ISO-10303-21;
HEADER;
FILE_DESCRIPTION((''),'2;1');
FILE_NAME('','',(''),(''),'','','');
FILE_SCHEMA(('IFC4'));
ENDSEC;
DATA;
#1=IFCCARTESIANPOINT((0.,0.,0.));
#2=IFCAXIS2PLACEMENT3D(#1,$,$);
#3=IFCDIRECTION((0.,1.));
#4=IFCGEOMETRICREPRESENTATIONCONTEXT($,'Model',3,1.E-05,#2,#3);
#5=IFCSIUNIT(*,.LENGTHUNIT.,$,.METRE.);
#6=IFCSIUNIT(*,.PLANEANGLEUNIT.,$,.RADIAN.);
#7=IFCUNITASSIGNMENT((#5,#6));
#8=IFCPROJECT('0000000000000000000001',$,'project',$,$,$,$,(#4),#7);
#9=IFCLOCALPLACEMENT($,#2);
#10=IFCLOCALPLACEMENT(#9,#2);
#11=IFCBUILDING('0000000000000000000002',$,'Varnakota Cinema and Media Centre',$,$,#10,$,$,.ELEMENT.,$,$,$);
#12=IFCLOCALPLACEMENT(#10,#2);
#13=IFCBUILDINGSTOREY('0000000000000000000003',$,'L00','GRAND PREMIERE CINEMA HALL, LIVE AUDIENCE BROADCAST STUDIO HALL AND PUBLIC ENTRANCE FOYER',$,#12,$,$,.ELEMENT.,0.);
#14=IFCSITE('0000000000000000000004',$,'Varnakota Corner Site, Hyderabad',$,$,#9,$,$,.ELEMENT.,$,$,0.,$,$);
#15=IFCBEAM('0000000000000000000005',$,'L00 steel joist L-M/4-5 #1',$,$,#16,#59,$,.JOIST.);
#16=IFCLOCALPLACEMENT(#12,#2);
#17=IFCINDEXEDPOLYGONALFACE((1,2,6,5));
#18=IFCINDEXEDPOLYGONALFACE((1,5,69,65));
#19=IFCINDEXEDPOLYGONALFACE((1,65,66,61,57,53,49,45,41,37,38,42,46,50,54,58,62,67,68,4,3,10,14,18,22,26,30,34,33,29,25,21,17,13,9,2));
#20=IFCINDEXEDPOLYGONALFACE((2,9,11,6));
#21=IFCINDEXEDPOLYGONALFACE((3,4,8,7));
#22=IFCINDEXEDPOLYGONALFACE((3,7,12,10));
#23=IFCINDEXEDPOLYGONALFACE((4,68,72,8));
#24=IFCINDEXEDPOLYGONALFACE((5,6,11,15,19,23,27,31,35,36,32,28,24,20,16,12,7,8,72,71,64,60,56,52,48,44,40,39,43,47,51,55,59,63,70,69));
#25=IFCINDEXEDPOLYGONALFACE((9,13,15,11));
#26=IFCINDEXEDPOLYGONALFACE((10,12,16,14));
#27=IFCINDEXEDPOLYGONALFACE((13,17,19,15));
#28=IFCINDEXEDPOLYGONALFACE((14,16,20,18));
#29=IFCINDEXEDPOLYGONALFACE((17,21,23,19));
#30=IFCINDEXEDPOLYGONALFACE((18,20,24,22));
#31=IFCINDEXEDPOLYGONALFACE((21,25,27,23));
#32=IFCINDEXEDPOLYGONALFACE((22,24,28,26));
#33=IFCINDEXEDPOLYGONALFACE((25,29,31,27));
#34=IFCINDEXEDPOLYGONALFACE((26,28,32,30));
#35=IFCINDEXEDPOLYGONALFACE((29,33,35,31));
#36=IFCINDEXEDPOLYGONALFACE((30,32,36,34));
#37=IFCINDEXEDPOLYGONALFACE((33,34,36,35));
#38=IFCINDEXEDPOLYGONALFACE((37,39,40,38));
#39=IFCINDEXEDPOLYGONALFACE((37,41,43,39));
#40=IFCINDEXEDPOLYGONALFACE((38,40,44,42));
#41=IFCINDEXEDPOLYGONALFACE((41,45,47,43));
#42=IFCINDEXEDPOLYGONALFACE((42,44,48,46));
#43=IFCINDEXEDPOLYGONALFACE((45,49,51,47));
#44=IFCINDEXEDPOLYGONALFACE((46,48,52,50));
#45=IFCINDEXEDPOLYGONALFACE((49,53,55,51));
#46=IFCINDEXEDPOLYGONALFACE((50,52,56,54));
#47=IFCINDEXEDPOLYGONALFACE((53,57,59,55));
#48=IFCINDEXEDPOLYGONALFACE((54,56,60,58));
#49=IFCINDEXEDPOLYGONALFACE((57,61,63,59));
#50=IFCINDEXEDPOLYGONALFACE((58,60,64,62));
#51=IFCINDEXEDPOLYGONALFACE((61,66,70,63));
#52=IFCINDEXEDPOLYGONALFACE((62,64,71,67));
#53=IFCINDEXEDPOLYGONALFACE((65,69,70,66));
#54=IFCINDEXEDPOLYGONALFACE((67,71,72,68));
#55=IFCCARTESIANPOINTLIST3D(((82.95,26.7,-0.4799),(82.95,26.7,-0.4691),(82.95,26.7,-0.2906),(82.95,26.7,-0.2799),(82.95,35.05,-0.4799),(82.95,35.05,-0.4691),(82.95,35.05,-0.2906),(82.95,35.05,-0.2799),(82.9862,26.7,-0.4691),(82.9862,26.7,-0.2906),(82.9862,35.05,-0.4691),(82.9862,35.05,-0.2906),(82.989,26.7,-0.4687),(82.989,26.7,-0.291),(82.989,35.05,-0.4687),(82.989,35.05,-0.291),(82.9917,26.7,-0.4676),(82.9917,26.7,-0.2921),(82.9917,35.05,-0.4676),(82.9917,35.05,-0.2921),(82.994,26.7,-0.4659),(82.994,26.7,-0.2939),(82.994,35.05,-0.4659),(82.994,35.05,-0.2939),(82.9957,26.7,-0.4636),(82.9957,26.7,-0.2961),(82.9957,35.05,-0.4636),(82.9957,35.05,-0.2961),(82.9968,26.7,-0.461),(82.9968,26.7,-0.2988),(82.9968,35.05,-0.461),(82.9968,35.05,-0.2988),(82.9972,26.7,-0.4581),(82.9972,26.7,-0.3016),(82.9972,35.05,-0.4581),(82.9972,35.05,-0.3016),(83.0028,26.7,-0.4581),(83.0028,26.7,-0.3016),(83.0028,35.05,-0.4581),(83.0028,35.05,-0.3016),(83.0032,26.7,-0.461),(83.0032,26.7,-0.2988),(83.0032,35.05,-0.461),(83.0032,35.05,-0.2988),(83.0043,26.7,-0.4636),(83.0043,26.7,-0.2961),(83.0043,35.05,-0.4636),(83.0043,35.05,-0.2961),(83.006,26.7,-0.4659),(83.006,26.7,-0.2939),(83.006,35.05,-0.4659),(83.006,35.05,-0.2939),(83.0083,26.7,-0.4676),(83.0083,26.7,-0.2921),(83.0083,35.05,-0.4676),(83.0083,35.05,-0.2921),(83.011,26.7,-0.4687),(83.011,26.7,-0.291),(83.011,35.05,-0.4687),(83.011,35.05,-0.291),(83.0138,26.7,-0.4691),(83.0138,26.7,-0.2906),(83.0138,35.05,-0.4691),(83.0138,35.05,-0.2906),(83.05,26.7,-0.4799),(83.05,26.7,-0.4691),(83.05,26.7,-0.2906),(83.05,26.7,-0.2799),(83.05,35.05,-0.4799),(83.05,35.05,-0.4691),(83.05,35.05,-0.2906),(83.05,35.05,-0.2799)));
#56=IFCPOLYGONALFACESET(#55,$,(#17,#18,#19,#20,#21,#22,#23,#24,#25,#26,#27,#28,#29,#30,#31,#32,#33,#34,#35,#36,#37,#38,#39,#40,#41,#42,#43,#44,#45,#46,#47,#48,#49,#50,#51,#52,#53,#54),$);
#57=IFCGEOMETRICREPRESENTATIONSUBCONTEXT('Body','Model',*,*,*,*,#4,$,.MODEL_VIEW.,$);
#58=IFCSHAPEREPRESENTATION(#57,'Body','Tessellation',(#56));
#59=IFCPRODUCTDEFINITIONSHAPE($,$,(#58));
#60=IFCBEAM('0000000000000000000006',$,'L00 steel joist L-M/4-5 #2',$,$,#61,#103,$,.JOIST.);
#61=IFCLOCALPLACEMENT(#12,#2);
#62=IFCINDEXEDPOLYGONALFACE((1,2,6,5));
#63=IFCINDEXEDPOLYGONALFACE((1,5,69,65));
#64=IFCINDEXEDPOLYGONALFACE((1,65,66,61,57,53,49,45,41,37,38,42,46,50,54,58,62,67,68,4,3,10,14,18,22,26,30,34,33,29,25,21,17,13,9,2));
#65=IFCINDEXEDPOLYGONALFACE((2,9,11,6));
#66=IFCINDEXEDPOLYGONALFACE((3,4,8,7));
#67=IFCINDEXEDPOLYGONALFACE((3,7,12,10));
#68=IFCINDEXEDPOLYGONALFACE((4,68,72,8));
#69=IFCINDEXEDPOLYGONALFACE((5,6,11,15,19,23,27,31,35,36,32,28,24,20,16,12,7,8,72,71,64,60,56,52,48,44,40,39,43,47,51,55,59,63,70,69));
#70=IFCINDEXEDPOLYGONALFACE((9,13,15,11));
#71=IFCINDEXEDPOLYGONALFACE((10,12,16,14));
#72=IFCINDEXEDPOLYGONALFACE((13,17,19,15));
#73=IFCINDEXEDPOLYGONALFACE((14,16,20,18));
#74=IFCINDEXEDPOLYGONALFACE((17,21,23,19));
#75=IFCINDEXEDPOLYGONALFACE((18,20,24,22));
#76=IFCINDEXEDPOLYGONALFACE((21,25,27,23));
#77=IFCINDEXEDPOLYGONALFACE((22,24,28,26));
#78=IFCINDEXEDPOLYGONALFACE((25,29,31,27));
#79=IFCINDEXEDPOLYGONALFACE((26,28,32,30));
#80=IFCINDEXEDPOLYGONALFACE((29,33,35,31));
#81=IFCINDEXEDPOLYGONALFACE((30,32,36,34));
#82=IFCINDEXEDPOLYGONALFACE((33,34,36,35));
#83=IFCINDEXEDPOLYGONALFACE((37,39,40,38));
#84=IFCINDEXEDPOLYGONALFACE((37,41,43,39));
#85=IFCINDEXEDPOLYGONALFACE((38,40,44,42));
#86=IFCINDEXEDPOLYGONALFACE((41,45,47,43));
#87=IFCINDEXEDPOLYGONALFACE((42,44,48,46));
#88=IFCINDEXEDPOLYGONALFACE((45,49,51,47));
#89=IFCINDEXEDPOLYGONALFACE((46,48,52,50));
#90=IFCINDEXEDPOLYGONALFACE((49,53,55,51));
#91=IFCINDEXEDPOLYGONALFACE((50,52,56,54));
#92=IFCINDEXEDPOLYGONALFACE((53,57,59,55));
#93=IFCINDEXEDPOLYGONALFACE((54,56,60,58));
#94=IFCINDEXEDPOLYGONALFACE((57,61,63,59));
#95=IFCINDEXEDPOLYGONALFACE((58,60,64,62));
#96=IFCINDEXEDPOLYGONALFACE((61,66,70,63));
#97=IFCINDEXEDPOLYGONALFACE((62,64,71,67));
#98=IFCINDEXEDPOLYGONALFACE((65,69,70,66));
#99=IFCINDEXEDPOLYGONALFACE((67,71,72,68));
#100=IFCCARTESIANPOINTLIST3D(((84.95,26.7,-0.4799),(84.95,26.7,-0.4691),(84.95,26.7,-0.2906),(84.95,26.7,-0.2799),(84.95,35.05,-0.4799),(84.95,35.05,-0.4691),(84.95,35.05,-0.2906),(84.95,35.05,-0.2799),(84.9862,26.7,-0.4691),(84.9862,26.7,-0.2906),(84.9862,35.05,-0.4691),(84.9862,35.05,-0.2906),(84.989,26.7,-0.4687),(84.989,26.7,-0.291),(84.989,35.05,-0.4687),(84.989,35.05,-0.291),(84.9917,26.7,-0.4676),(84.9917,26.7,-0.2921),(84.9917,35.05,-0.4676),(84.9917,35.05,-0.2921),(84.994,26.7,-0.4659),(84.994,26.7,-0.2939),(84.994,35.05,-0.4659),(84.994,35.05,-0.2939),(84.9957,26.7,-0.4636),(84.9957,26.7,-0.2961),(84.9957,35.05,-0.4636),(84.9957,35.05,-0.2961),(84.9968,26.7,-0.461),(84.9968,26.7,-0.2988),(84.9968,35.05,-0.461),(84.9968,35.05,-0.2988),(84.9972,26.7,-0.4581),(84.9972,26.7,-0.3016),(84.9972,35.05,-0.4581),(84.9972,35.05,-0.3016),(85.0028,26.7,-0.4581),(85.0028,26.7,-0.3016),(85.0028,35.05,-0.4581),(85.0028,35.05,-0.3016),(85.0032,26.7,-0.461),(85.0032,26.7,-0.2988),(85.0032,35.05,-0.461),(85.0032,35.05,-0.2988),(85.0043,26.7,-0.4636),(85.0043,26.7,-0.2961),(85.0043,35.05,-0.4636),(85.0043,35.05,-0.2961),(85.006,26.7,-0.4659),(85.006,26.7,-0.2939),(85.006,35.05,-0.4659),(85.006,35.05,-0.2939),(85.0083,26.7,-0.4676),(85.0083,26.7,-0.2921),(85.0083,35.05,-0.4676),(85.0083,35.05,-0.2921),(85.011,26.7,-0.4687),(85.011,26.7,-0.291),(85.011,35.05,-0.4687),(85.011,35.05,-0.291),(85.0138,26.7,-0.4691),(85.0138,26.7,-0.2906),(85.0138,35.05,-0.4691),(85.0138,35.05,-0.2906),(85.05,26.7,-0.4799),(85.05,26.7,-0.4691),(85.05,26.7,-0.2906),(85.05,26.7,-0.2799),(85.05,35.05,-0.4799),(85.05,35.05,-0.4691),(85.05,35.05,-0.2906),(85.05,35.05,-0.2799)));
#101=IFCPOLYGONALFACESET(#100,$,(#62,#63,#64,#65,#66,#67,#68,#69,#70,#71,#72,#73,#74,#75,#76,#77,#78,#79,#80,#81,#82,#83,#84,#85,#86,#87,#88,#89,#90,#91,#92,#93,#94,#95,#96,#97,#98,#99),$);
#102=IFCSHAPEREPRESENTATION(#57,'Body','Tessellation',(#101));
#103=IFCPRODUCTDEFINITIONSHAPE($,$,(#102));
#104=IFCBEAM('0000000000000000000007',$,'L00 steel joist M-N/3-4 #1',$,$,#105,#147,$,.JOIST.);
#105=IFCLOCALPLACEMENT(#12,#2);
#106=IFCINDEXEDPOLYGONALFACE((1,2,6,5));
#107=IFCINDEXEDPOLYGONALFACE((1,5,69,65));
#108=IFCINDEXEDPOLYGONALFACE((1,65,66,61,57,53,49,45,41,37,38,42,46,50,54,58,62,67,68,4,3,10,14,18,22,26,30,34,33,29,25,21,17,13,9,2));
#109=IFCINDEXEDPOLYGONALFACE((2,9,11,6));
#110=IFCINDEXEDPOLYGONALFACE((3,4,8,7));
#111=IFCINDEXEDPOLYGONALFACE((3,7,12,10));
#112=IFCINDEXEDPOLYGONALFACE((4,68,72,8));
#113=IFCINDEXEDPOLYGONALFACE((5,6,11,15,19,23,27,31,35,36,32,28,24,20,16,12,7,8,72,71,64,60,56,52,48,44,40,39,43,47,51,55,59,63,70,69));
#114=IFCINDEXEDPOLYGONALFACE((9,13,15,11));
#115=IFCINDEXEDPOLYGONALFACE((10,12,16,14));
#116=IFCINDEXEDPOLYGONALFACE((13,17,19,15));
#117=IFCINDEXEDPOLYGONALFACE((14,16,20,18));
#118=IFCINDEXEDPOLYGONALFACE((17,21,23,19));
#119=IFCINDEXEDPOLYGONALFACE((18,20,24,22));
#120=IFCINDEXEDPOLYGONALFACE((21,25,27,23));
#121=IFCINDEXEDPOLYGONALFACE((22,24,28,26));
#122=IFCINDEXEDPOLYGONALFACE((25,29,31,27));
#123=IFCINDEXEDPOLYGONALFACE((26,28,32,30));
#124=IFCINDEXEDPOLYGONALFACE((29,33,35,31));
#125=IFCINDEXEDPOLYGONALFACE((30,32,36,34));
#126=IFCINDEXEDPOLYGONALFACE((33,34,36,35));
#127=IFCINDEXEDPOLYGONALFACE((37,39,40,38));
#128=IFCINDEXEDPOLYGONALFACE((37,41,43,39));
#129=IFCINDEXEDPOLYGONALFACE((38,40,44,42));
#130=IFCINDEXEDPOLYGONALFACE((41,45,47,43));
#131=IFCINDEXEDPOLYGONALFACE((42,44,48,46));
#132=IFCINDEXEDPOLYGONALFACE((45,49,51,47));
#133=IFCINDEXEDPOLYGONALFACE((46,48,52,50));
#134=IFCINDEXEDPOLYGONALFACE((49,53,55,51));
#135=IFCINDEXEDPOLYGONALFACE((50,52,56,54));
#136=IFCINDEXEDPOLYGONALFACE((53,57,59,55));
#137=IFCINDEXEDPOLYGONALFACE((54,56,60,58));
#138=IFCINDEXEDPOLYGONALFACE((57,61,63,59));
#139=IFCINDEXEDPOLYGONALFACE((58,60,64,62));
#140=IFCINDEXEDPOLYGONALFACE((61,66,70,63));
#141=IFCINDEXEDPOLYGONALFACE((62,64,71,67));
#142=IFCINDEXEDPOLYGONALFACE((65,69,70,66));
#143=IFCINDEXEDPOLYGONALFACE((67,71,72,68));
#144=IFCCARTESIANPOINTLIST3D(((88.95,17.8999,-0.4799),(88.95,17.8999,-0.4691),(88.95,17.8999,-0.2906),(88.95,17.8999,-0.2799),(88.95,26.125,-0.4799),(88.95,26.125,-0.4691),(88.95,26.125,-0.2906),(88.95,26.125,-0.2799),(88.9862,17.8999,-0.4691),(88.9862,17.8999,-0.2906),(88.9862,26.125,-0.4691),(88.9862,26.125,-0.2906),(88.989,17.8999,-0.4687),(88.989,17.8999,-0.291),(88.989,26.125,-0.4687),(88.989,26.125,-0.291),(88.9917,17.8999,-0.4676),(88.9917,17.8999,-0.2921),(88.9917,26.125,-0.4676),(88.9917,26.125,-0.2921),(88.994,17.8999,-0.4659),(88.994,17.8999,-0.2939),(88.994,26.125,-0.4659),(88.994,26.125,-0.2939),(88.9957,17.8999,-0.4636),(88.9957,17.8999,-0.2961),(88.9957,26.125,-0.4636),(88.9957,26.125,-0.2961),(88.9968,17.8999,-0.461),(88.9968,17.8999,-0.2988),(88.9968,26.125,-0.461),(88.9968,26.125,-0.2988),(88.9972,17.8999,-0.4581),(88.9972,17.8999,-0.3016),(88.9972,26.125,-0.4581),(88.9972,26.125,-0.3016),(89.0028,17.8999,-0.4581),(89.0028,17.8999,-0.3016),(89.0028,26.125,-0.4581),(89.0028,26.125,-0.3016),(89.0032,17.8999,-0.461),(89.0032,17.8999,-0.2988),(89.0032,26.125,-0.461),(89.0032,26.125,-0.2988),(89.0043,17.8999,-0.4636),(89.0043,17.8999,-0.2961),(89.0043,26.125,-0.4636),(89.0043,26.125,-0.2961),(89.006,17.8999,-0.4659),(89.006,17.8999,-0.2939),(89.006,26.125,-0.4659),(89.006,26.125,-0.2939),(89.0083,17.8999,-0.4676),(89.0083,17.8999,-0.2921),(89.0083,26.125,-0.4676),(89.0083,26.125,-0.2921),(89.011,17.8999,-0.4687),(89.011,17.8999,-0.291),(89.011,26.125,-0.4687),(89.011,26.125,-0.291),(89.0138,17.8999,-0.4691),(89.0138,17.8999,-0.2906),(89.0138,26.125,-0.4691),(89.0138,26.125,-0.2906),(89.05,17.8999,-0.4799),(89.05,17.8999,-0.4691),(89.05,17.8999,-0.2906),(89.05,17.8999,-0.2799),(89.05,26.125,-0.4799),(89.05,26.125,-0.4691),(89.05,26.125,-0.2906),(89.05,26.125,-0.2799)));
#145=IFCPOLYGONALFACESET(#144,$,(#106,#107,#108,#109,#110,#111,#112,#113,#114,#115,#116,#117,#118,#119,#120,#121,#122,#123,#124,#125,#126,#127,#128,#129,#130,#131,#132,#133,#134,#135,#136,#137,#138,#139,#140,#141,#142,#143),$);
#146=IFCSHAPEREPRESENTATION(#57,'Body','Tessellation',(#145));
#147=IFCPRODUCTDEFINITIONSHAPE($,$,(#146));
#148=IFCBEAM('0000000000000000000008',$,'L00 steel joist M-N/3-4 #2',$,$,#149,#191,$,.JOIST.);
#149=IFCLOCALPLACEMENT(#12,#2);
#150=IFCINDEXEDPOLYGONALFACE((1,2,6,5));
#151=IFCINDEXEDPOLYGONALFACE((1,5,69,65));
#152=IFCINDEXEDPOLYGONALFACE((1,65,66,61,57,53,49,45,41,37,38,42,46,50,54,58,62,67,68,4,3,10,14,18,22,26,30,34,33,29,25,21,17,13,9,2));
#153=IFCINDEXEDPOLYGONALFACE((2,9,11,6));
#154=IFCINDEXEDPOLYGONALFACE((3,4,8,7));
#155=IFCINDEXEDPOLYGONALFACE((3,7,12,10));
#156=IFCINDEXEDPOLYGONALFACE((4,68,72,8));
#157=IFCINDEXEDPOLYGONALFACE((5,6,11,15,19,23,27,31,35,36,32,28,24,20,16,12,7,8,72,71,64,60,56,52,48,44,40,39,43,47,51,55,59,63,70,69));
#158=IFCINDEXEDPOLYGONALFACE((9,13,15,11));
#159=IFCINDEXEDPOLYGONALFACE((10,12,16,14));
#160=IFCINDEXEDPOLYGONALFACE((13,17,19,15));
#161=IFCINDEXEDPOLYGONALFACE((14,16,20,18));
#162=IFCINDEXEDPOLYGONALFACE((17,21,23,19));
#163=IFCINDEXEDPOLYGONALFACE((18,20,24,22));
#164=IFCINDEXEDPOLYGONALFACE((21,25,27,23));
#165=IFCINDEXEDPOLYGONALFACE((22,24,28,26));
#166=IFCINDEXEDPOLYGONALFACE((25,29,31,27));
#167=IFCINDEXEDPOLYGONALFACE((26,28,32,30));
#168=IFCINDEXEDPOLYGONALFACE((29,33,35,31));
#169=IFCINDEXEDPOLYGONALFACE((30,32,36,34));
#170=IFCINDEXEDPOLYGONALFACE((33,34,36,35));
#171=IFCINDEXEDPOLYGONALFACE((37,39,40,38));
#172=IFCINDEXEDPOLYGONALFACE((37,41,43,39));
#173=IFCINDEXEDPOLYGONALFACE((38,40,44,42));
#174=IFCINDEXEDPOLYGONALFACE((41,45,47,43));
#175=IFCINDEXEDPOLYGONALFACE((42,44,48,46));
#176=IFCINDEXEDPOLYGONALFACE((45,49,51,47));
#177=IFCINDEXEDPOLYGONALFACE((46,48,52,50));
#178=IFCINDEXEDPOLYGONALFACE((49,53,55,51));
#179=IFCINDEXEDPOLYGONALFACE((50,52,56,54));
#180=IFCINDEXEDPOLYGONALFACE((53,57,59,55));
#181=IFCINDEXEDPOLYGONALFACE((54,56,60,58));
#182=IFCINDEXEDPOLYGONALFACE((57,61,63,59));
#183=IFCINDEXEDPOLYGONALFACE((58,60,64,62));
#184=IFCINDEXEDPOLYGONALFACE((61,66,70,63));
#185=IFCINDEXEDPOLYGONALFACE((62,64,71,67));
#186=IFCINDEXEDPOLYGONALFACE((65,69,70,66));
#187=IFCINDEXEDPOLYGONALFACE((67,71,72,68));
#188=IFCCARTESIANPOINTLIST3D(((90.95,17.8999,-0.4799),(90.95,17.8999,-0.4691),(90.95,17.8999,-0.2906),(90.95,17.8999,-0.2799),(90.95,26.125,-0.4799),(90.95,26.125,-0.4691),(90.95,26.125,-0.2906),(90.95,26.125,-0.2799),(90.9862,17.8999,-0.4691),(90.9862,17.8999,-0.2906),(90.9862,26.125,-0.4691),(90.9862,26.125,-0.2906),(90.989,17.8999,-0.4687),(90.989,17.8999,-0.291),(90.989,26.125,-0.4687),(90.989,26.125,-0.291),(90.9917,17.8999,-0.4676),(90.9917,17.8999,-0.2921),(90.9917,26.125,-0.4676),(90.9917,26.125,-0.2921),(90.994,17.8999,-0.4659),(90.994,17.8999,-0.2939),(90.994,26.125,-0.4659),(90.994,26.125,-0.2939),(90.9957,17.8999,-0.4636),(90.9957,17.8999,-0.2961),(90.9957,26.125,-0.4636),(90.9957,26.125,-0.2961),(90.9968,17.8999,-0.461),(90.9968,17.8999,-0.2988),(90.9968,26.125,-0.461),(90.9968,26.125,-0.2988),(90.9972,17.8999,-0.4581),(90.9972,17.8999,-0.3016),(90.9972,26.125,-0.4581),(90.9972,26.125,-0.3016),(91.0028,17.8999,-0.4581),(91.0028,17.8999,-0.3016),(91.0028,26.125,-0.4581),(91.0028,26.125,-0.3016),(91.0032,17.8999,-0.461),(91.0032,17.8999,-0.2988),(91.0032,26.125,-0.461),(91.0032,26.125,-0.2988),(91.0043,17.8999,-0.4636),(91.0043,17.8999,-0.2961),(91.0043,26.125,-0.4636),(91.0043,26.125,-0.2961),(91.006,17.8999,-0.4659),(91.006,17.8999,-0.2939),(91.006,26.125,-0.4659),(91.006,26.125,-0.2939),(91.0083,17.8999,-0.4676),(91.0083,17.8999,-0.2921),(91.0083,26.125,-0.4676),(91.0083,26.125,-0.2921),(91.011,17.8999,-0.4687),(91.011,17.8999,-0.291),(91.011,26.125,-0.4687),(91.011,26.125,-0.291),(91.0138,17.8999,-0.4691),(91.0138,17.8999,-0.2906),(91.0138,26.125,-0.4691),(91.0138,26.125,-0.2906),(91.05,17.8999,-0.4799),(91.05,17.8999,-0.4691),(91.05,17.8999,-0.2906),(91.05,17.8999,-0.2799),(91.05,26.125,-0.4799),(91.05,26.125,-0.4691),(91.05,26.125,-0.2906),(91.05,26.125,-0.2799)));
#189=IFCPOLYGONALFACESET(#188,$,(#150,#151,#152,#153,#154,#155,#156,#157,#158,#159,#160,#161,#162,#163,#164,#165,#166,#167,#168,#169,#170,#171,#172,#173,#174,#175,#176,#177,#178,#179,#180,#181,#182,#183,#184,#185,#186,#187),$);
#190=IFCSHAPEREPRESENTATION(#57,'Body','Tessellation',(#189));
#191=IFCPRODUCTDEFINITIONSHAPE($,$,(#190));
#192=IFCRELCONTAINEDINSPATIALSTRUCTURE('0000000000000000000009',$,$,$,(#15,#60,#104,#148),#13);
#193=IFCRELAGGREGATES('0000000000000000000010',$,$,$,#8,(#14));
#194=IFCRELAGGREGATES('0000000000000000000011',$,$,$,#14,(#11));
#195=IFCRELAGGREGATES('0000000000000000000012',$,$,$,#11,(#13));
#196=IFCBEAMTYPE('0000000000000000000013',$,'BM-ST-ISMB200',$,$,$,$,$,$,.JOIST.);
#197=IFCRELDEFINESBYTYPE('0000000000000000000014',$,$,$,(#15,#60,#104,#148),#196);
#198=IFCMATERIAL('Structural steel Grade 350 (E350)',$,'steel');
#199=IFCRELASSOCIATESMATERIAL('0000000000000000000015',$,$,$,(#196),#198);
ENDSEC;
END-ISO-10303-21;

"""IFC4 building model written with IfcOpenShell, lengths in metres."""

from ifc_helpers import new_model, si_unit, direction, frame, origin, origin_2d, place, context, subcontext, project, spatial, i_section, extrude, material, material_profile, profile_set, type_object, element, save


model = new_model("IFC4")

# Units and contexts
model_context = context("Model", 3, precision=1e-05, world=origin(), true_north=direction((0.0, 1.0)))
body_context = subcontext(model_context, "Body", "Model", "MODEL_VIEW")
ifc_project = project(units=[si_unit("LENGTHUNIT", "METRE"), si_unit("PLANEANGLEUNIT", "RADIAN")], contexts=[model_context])

# Site, building, storey
site_placement = place(None, origin())
site = spatial("IfcSite", under=ifc_project, at=site_placement, Name="Varnakota Corner Site, Hyderabad", CompositionType="ELEMENT", RefElevation=0.0)
building_placement = place(site_placement, origin())
building = spatial("IfcBuilding", under=site, at=building_placement, Name="Varnakota Cinema and Media Centre", CompositionType="ELEMENT")
storey_placement = place(building_placement, origin())
storey = spatial("IfcBuildingStorey", under=building, at=storey_placement, Name="L00", Description="GRAND PREMIERE CINEMA HALL, LIVE AUDIENCE BROADCAST STUDIO HALL AND PUBLIC ENTRANCE FOYER", CompositionType="ELEMENT", Elevation=0.0)

# Beams
ifc_material_1 = material(Name="Structural steel Grade 350 (E350)", Category="steel")
ifc_material_profile_1 = material_profile(ifc_material_1, i_section(OverallWidth=0.1001, OverallDepth=0.2, WebThickness=0.0056, FlangeThickness=0.0107, FilletRadius=0.011, at=origin_2d()), Name="ISMB 200")
ifc_profile_set_1 = profile_set([ifc_material_profile_1], Name="Structural steel Grade 350 (E350)")
beam_type_1 = type_object("IfcBeamType", Name="BM-ST-ISMB200", PredefinedType="JOIST", material=ifc_profile_set_1)
for number, where, z_axis, x_axis, name in (
    (1, (83.0, 26.7, -0.3799), (0.0, 1.0, 0.0), (-1.0, 0.0, 0.0), "L00 steel joist L-M/4-5 #1"),
    (2, (85.0, 26.7, -0.3799), (0.0, 1.0, 0.0), (-1.0, 0.0, 0.0), "L00 steel joist L-M/4-5 #2"),
):
    element("IfcBeam", number, at=place(storey_placement, frame(where, z_axis=z_axis, x_axis=x_axis)), inside=storey, type_object=beam_type_1, Name=name, PredefinedType="JOIST", context=body_context, shape_type="SweptSolid", body=[
        extrude(i_section(OverallWidth=0.1001, OverallDepth=0.2, WebThickness=0.0056, FlangeThickness=0.0107, FilletRadius=0.011, at=origin_2d()), origin(), (0.0, 0.0, 1.0), 8.3501),
    ])
for number, where, z_axis, x_axis, name in (
    (3, (89.0, 17.8999, -0.3799), (0.0, 1.0, 0.0), (-1.0, 0.0, 0.0), "L00 steel joist M-N/3-4 #1"),
    (4, (91.0, 17.8999, -0.3799), (0.0, 1.0, 0.0), (-1.0, 0.0, 0.0), "L00 steel joist M-N/3-4 #2"),
):
    element("IfcBeam", number, at=place(storey_placement, frame(where, z_axis=z_axis, x_axis=x_axis)), inside=storey, type_object=beam_type_1, Name=name, PredefinedType="JOIST", context=body_context, shape_type="SweptSolid", body=[
        extrude(i_section(OverallWidth=0.1001, OverallDepth=0.2, WebThickness=0.0056, FlangeThickness=0.0107, FilletRadius=0.011, at=origin_2d()), origin(), (0.0, 0.0, 1.0), 8.2251),
    ])

save(model, "model.ifc")
